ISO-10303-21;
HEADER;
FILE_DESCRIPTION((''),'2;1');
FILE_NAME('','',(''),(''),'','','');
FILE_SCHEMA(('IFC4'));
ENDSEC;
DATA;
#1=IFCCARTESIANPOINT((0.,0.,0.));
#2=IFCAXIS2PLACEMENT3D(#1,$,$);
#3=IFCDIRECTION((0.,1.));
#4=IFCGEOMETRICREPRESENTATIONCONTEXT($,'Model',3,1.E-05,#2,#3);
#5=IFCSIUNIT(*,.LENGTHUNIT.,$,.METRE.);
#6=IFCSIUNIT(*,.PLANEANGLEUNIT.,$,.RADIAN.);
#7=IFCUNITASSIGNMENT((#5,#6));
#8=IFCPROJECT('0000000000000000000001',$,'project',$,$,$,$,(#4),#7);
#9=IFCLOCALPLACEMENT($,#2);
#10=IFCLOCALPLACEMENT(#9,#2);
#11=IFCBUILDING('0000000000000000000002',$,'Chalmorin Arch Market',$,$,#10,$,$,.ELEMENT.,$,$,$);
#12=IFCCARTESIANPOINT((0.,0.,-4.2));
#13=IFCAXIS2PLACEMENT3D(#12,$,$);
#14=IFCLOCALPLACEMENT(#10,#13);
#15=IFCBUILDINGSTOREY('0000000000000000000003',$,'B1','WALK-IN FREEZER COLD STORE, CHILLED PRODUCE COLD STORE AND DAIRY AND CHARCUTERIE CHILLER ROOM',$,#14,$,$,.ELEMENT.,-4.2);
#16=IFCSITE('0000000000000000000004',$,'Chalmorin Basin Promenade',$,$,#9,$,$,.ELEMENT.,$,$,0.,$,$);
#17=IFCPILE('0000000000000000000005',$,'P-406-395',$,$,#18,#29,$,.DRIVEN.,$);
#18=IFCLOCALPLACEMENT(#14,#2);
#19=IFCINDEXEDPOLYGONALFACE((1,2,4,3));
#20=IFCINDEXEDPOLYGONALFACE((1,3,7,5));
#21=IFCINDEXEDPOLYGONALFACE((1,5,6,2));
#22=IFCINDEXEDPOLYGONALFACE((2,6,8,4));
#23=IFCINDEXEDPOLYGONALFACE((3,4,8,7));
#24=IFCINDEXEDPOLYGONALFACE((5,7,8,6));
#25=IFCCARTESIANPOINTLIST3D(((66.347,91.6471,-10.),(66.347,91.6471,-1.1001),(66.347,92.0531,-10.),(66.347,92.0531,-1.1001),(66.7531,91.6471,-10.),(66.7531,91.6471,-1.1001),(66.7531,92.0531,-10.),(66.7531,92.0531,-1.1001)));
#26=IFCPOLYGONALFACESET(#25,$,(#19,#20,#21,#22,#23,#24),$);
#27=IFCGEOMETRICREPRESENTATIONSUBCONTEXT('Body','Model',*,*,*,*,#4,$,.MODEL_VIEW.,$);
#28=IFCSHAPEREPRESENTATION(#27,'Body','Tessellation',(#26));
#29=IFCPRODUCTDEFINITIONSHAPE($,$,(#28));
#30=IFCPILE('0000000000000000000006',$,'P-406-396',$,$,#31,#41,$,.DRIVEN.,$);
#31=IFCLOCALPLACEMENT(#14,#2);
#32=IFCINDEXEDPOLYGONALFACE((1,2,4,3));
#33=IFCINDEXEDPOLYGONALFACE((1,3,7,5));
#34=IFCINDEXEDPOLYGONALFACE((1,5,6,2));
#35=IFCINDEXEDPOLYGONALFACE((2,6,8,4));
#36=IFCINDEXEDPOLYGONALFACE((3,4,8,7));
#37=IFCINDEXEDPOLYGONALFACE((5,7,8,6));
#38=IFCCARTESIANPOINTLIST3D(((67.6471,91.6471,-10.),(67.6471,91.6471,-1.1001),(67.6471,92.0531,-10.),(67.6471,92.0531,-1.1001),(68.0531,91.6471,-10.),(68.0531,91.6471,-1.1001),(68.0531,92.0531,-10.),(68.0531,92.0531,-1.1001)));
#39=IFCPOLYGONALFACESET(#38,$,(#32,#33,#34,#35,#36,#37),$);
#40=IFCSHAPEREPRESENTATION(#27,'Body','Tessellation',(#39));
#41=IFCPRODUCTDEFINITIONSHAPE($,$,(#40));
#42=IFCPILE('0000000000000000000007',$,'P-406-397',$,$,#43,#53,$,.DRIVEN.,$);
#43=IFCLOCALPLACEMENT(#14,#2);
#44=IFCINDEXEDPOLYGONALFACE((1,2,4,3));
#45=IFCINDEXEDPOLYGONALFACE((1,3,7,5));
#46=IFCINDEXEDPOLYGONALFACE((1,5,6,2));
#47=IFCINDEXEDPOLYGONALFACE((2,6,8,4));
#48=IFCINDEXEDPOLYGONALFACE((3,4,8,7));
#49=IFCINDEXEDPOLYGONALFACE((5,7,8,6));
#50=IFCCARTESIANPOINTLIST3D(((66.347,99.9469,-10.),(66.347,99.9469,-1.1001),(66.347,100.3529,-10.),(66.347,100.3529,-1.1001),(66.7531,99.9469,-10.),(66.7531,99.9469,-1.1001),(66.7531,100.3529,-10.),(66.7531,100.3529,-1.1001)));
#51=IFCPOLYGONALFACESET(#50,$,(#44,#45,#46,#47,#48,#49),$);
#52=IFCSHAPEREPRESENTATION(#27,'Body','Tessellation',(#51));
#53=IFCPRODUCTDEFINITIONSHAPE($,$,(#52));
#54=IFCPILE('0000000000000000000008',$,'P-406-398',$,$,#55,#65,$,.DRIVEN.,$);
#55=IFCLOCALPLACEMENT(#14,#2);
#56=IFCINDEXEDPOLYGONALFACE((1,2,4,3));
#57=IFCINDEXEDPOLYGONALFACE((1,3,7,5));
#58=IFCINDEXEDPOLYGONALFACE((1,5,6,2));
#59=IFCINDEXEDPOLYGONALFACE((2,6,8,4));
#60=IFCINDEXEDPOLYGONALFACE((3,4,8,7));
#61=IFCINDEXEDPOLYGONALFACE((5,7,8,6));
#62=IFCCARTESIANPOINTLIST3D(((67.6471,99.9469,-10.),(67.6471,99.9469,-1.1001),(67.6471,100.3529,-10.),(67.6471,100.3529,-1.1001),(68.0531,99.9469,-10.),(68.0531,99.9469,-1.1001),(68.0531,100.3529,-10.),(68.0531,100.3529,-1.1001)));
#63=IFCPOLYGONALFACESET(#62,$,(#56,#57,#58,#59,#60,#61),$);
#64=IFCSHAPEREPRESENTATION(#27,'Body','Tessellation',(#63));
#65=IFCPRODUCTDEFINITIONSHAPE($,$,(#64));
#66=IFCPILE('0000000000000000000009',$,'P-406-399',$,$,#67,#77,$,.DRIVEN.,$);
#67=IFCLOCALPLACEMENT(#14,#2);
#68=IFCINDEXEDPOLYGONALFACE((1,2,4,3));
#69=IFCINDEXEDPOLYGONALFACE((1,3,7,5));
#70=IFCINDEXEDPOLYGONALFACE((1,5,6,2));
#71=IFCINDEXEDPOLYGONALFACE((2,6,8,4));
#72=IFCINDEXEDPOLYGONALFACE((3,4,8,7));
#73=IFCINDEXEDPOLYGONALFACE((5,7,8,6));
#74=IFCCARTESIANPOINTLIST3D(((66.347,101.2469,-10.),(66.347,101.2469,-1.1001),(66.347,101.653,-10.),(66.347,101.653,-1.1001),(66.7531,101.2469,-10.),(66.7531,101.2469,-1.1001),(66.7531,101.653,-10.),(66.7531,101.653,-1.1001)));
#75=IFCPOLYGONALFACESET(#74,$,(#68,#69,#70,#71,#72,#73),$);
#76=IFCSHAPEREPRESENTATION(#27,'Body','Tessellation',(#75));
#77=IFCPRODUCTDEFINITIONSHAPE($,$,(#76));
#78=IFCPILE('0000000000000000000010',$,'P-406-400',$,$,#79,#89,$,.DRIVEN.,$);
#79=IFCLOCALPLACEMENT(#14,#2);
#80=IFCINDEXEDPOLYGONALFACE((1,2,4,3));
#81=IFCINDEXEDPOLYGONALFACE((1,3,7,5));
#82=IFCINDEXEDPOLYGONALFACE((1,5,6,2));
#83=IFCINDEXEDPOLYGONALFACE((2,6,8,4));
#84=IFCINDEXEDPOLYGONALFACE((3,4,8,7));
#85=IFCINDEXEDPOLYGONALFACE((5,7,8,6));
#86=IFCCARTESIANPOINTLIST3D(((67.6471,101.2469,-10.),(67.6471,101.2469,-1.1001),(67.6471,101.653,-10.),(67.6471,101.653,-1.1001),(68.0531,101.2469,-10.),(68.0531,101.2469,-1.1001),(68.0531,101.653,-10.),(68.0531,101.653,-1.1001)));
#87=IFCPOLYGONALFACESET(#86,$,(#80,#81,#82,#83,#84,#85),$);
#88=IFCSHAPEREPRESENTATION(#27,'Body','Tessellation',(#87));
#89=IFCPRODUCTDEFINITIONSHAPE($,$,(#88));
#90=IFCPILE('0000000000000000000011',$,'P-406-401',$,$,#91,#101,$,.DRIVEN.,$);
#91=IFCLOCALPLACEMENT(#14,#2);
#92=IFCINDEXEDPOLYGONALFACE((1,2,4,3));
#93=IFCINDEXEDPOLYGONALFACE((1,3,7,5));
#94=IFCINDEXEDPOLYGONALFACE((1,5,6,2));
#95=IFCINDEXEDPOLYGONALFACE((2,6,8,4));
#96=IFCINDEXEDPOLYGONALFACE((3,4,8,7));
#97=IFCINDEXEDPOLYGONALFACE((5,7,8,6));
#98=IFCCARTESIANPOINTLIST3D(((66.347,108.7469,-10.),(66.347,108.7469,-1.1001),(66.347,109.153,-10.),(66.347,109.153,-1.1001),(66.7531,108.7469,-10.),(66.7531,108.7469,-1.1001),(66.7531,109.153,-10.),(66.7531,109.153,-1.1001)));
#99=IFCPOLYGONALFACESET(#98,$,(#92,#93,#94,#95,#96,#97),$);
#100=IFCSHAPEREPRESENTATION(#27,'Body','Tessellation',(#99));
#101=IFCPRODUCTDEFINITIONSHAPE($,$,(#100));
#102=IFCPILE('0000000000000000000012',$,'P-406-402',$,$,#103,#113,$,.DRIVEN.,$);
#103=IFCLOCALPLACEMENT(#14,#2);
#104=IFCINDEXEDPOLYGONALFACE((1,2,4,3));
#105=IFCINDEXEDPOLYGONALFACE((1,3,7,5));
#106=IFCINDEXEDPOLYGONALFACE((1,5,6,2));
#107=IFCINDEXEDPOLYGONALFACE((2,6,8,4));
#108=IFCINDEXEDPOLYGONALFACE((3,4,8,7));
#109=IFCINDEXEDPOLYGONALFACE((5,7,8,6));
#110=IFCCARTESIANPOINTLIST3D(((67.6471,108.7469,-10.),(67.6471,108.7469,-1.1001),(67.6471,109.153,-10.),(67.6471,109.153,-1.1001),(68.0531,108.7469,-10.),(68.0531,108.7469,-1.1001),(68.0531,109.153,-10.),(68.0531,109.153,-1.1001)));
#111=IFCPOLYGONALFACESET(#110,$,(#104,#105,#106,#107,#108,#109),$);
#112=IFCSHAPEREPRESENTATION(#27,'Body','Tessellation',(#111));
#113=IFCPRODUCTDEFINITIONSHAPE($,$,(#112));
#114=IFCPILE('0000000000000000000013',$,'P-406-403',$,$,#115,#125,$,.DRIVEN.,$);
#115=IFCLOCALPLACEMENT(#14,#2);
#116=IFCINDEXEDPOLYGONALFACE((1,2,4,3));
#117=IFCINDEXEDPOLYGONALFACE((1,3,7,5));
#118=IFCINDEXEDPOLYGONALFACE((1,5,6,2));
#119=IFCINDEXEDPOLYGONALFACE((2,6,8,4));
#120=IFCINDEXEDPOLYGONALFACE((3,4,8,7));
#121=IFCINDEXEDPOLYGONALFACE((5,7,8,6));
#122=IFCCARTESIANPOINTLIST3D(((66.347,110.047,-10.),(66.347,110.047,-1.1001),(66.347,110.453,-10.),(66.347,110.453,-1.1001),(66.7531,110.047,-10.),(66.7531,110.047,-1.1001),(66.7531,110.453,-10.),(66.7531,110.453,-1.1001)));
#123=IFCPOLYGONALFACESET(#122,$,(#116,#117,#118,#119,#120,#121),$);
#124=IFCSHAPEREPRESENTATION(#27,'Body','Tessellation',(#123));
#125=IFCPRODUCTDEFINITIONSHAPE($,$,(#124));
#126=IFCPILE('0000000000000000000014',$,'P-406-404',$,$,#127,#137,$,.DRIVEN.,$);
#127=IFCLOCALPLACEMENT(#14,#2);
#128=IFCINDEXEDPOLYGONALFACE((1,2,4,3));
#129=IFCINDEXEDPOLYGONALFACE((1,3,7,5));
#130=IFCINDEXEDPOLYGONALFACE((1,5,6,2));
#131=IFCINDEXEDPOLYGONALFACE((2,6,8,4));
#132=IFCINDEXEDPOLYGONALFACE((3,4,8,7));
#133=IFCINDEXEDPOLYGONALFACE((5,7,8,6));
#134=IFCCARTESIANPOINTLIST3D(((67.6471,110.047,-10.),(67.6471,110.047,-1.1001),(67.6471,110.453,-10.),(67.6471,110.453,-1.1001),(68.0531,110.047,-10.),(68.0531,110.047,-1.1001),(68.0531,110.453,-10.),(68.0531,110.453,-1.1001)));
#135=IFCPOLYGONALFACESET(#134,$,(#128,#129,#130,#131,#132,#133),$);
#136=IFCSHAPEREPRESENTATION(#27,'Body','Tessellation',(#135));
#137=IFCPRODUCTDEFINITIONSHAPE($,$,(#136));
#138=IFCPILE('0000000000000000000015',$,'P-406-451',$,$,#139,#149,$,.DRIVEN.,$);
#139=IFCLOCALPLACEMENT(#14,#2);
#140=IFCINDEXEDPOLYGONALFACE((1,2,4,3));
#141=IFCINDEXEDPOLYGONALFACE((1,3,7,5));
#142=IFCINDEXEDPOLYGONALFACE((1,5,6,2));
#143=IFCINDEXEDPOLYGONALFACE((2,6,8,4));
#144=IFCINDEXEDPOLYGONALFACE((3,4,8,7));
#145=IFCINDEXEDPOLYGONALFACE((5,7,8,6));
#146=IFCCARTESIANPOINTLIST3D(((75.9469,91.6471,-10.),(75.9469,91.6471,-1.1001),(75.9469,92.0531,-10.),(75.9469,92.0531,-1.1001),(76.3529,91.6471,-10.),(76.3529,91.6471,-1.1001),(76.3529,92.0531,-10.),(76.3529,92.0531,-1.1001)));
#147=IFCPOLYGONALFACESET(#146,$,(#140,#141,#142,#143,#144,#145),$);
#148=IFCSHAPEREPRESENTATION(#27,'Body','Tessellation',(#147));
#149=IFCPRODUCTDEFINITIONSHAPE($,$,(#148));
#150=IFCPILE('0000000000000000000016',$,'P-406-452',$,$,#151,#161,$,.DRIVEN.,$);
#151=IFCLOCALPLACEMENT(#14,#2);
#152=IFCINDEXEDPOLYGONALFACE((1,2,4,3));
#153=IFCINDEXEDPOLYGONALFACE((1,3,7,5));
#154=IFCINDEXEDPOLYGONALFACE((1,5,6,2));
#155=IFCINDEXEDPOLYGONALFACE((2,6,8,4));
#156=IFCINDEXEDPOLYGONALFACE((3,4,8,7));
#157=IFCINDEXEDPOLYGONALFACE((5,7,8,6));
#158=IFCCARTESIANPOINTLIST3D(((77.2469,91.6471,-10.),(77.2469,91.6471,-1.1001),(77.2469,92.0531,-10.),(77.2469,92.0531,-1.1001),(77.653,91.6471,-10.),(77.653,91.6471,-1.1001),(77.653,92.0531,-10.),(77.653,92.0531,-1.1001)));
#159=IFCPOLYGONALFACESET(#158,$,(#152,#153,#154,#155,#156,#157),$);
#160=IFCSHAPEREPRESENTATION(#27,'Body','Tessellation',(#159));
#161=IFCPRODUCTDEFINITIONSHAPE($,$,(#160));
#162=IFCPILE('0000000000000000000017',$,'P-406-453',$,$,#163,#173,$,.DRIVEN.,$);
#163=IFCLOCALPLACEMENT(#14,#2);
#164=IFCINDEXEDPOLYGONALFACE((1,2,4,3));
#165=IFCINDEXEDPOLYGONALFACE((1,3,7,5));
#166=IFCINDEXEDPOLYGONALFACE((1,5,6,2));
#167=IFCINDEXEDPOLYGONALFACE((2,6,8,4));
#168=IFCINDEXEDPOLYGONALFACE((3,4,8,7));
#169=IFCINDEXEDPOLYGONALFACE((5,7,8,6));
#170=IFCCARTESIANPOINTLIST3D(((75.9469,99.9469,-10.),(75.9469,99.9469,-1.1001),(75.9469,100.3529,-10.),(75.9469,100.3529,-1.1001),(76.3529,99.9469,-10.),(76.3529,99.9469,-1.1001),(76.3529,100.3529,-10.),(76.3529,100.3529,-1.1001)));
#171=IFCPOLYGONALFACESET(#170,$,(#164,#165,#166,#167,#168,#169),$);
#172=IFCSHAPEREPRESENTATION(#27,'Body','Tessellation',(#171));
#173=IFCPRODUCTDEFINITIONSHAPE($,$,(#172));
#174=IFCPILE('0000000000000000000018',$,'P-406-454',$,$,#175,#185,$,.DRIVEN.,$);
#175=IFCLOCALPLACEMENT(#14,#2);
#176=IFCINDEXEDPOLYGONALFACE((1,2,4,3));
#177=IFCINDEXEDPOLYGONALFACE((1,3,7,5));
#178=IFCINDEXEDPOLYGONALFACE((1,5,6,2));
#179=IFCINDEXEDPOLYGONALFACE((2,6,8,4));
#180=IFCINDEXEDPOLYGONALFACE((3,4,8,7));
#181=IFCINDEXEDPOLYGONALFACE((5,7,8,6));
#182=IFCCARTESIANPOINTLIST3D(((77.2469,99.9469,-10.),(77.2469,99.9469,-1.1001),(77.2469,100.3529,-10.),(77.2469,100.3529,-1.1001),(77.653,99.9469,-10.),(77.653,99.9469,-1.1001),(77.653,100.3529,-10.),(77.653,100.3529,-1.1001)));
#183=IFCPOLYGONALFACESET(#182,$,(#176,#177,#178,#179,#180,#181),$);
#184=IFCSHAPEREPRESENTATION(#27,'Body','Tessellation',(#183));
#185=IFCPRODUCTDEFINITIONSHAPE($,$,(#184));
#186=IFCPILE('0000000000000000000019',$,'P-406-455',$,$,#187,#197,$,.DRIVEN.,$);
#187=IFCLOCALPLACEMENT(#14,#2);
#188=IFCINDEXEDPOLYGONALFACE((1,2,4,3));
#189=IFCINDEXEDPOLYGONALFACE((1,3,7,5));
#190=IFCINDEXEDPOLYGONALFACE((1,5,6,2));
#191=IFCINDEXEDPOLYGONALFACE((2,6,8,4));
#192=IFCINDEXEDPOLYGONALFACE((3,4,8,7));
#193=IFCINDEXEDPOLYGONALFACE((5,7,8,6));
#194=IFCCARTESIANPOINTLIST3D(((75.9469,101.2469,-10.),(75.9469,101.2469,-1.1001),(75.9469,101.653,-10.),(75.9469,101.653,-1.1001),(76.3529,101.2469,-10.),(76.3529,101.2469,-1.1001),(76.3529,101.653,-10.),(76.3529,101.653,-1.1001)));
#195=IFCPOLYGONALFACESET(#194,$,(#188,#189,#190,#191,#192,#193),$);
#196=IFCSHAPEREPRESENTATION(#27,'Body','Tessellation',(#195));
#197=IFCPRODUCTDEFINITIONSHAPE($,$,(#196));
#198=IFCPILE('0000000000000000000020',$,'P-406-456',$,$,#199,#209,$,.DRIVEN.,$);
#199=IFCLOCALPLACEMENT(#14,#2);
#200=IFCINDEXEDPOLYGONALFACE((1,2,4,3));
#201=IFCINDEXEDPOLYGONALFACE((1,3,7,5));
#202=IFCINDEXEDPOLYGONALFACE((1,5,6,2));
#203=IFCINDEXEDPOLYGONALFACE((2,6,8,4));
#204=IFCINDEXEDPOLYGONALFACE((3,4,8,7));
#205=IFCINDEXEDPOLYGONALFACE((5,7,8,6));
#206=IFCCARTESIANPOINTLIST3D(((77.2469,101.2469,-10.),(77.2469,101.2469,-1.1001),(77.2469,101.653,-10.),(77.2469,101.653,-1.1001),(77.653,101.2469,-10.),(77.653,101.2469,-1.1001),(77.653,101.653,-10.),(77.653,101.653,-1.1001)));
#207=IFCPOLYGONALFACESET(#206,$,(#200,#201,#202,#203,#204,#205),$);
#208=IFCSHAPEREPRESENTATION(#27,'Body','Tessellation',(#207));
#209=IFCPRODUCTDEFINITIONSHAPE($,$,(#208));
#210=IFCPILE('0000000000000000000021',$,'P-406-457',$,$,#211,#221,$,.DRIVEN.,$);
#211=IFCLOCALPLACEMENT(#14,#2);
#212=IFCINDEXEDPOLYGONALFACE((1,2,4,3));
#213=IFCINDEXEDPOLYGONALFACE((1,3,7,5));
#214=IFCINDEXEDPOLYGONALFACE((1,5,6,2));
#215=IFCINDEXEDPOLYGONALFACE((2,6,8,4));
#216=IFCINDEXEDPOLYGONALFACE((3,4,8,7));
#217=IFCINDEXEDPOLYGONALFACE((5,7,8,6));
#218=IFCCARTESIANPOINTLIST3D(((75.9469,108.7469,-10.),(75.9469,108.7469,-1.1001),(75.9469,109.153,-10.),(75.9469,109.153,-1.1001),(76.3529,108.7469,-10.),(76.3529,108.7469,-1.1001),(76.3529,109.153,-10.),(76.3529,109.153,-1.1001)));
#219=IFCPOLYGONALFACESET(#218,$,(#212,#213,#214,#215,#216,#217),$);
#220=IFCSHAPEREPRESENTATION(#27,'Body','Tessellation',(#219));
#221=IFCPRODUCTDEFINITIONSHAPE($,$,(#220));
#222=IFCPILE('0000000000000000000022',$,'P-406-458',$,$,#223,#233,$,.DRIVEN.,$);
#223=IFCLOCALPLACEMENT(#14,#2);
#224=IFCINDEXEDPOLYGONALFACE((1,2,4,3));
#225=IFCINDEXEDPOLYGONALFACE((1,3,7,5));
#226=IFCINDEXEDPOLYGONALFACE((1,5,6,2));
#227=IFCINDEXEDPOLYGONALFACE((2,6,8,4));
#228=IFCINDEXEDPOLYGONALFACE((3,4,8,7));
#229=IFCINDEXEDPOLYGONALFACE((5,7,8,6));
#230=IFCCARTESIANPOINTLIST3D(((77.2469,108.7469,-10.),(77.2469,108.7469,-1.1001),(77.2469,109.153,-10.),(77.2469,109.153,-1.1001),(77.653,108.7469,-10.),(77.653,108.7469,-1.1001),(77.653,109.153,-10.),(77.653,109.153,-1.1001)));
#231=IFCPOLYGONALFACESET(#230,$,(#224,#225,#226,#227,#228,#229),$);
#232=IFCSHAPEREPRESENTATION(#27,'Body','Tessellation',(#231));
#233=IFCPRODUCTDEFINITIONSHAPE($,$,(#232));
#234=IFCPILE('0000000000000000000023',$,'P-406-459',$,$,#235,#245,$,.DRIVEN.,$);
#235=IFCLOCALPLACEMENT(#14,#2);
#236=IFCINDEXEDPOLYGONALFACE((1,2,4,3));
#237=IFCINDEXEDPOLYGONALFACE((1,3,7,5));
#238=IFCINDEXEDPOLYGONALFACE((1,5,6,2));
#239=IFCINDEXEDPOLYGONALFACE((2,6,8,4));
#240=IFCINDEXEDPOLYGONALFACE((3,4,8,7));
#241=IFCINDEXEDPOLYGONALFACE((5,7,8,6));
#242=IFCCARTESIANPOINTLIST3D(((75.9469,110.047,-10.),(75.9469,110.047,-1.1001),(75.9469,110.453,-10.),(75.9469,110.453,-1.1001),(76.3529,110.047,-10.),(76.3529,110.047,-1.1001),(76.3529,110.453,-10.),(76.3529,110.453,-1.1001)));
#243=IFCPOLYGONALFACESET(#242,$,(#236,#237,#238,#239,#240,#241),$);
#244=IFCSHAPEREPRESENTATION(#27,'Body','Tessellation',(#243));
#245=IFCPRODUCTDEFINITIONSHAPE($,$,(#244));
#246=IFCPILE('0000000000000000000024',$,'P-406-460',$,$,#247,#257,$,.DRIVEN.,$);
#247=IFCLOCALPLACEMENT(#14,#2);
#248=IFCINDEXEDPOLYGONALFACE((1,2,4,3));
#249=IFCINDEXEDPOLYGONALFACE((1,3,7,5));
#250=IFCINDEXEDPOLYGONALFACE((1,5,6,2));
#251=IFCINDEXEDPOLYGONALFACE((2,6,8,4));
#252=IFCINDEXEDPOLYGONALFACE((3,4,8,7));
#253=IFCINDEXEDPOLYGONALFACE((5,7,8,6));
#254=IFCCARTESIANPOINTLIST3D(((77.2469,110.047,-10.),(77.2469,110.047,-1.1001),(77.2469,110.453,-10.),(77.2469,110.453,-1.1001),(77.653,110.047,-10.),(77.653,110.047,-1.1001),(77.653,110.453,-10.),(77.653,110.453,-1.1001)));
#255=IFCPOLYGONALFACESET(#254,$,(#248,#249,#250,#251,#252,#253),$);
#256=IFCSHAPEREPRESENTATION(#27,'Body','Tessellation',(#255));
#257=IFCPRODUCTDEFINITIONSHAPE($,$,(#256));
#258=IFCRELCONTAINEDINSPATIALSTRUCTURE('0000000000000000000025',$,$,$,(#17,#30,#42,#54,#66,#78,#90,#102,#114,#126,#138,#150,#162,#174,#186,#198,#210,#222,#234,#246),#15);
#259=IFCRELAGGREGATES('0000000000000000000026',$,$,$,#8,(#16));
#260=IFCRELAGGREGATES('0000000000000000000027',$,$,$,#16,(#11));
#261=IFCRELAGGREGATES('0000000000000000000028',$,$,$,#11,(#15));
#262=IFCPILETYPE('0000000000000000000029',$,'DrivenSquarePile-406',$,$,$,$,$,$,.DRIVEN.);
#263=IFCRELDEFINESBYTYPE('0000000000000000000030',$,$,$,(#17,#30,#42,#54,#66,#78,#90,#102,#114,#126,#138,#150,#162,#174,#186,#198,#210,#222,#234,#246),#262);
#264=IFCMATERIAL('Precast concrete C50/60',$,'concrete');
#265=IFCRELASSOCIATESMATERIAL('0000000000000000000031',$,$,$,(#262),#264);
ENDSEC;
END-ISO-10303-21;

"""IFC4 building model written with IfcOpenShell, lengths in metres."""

from ifc_helpers import new_model, si_unit, direction, frame, origin, origin_2d, place, context, subcontext, project, spatial, rectangle, extrude, material, material_profile, profile_set, type_object, element, save


model = new_model("IFC4")

# Units and contexts
model_context = context("Model", 3, precision=1e-05, world=origin(), true_north=direction((0.0, 1.0)))
body_context = subcontext(model_context, "Body", "Model", "MODEL_VIEW")
ifc_project = project(units=[si_unit("LENGTHUNIT", "METRE"), si_unit("PLANEANGLEUNIT", "RADIAN")], contexts=[model_context])

# Site, building, storey
site_placement = place(None, origin())
site = spatial("IfcSite", under=ifc_project, at=site_placement, Name="Chalmorin Basin Promenade", CompositionType="ELEMENT", RefElevation=0.0)
building_placement = place(site_placement, origin())
building = spatial("IfcBuilding", under=site, at=building_placement, Name="Chalmorin Arch Market", CompositionType="ELEMENT")
storey_placement = place(building_placement, frame((0.0, 0.0, -4.2)))
storey = spatial("IfcBuildingStorey", under=building, at=storey_placement, Name="B1", Description="WALK-IN FREEZER COLD STORE, CHILLED PRODUCE COLD STORE AND DAIRY AND CHARCUTERIE CHILLER ROOM", CompositionType="ELEMENT", Elevation=-4.2)

# Piles
ifc_material_1 = material(Name="Precast concrete C50/60", Category="concrete")
ifc_material_profile_1 = material_profile(ifc_material_1, rectangle(XDim=0.406, YDim=0.406, at=origin_2d()), Name="PPC406")
ifc_profile_set_1 = profile_set([ifc_material_profile_1], Name="Precast concrete C50/60")
pile_type = type_object("IfcPileType", Name="DrivenSquarePile-406", PredefinedType="DRIVEN", material=ifc_profile_set_1)
for number, where, z_axis, x_axis, name in (
    (1, (66.55, 91.8501, -1.1001), (0.0, 0.0, -1.0), (1.0, 0.0, 0.0), "P-406-395"),
    (2, (67.8501, 91.8501, -1.1001), (0.0, 0.0, -1.0), (1.0, 0.0, 0.0), "P-406-396"),
    (3, (66.55, 100.1499, -1.1001), (0.0, 0.0, -1.0), (1.0, 0.0, 0.0), "P-406-397"),
    (4, (67.8501, 100.1499, -1.1001), (0.0, 0.0, -1.0), (1.0, 0.0, 0.0), "P-406-398"),
    (5, (66.55, 101.45, -1.1001), (0.0, 0.0, -1.0), (1.0, 0.0, 0.0), "P-406-399"),
    (6, (67.8501, 101.45, -1.1001), (0.0, 0.0, -1.0), (1.0, 0.0, 0.0), "P-406-400"),
    (7, (66.55, 108.95, -1.1001), (0.0, 0.0, -1.0), (1.0, 0.0, 0.0), "P-406-401"),
    (8, (67.8501, 108.95, -1.1001), (0.0, 0.0, -1.0), (1.0, 0.0, 0.0), "P-406-402"),
    (9, (66.55, 110.25, -1.1001), (0.0, 0.0, -1.0), (1.0, 0.0, 0.0), "P-406-403"),
    (10, (67.8501, 110.25, -1.1001), (0.0, 0.0, -1.0), (1.0, 0.0, 0.0), "P-406-404"),
    (11, (76.1499, 91.8501, -1.1001), (0.0, 0.0, -1.0), (1.0, 0.0, 0.0), "P-406-451"),
    (12, (77.45, 91.8501, -1.1001), (0.0, 0.0, -1.0), (1.0, 0.0, 0.0), "P-406-452"),
    (13, (76.1499, 100.1499, -1.1001), (0.0, 0.0, -1.0), (1.0, 0.0, 0.0), "P-406-453"),
    (14, (77.45, 100.1499, -1.1001), (0.0, 0.0, -1.0), (1.0, 0.0, 0.0), "P-406-454"),
    (15, (76.1499, 101.45, -1.1001), (0.0, 0.0, -1.0), (1.0, 0.0, 0.0), "P-406-455"),
    (16, (77.45, 101.45, -1.1001), (0.0, 0.0, -1.0), (1.0, 0.0, 0.0), "P-406-456"),
    (17, (76.1499, 108.95, -1.1001), (0.0, 0.0, -1.0), (1.0, 0.0, 0.0), "P-406-457"),
    (18, (77.45, 108.95, -1.1001), (0.0, 0.0, -1.0), (1.0, 0.0, 0.0), "P-406-458"),
    (19, (76.1499, 110.25, -1.1001), (0.0, 0.0, -1.0), (1.0, 0.0, 0.0), "P-406-459"),
    (20, (77.45, 110.25, -1.1001), (0.0, 0.0, -1.0), (1.0, 0.0, 0.0), "P-406-460"),
):
    element("IfcPile", number, at=place(storey_placement, frame(where, z_axis=z_axis, x_axis=x_axis)), inside=storey, type_object=pile_type, Name=name, PredefinedType="DRIVEN", context=body_context, shape_type="SweptSolid", body=[
        extrude(rectangle(XDim=0.406, YDim=0.406, at=origin_2d()), origin(), (0.0, 0.0, 1.0), 8.8999),
    ])

save(model, "model.ifc")
